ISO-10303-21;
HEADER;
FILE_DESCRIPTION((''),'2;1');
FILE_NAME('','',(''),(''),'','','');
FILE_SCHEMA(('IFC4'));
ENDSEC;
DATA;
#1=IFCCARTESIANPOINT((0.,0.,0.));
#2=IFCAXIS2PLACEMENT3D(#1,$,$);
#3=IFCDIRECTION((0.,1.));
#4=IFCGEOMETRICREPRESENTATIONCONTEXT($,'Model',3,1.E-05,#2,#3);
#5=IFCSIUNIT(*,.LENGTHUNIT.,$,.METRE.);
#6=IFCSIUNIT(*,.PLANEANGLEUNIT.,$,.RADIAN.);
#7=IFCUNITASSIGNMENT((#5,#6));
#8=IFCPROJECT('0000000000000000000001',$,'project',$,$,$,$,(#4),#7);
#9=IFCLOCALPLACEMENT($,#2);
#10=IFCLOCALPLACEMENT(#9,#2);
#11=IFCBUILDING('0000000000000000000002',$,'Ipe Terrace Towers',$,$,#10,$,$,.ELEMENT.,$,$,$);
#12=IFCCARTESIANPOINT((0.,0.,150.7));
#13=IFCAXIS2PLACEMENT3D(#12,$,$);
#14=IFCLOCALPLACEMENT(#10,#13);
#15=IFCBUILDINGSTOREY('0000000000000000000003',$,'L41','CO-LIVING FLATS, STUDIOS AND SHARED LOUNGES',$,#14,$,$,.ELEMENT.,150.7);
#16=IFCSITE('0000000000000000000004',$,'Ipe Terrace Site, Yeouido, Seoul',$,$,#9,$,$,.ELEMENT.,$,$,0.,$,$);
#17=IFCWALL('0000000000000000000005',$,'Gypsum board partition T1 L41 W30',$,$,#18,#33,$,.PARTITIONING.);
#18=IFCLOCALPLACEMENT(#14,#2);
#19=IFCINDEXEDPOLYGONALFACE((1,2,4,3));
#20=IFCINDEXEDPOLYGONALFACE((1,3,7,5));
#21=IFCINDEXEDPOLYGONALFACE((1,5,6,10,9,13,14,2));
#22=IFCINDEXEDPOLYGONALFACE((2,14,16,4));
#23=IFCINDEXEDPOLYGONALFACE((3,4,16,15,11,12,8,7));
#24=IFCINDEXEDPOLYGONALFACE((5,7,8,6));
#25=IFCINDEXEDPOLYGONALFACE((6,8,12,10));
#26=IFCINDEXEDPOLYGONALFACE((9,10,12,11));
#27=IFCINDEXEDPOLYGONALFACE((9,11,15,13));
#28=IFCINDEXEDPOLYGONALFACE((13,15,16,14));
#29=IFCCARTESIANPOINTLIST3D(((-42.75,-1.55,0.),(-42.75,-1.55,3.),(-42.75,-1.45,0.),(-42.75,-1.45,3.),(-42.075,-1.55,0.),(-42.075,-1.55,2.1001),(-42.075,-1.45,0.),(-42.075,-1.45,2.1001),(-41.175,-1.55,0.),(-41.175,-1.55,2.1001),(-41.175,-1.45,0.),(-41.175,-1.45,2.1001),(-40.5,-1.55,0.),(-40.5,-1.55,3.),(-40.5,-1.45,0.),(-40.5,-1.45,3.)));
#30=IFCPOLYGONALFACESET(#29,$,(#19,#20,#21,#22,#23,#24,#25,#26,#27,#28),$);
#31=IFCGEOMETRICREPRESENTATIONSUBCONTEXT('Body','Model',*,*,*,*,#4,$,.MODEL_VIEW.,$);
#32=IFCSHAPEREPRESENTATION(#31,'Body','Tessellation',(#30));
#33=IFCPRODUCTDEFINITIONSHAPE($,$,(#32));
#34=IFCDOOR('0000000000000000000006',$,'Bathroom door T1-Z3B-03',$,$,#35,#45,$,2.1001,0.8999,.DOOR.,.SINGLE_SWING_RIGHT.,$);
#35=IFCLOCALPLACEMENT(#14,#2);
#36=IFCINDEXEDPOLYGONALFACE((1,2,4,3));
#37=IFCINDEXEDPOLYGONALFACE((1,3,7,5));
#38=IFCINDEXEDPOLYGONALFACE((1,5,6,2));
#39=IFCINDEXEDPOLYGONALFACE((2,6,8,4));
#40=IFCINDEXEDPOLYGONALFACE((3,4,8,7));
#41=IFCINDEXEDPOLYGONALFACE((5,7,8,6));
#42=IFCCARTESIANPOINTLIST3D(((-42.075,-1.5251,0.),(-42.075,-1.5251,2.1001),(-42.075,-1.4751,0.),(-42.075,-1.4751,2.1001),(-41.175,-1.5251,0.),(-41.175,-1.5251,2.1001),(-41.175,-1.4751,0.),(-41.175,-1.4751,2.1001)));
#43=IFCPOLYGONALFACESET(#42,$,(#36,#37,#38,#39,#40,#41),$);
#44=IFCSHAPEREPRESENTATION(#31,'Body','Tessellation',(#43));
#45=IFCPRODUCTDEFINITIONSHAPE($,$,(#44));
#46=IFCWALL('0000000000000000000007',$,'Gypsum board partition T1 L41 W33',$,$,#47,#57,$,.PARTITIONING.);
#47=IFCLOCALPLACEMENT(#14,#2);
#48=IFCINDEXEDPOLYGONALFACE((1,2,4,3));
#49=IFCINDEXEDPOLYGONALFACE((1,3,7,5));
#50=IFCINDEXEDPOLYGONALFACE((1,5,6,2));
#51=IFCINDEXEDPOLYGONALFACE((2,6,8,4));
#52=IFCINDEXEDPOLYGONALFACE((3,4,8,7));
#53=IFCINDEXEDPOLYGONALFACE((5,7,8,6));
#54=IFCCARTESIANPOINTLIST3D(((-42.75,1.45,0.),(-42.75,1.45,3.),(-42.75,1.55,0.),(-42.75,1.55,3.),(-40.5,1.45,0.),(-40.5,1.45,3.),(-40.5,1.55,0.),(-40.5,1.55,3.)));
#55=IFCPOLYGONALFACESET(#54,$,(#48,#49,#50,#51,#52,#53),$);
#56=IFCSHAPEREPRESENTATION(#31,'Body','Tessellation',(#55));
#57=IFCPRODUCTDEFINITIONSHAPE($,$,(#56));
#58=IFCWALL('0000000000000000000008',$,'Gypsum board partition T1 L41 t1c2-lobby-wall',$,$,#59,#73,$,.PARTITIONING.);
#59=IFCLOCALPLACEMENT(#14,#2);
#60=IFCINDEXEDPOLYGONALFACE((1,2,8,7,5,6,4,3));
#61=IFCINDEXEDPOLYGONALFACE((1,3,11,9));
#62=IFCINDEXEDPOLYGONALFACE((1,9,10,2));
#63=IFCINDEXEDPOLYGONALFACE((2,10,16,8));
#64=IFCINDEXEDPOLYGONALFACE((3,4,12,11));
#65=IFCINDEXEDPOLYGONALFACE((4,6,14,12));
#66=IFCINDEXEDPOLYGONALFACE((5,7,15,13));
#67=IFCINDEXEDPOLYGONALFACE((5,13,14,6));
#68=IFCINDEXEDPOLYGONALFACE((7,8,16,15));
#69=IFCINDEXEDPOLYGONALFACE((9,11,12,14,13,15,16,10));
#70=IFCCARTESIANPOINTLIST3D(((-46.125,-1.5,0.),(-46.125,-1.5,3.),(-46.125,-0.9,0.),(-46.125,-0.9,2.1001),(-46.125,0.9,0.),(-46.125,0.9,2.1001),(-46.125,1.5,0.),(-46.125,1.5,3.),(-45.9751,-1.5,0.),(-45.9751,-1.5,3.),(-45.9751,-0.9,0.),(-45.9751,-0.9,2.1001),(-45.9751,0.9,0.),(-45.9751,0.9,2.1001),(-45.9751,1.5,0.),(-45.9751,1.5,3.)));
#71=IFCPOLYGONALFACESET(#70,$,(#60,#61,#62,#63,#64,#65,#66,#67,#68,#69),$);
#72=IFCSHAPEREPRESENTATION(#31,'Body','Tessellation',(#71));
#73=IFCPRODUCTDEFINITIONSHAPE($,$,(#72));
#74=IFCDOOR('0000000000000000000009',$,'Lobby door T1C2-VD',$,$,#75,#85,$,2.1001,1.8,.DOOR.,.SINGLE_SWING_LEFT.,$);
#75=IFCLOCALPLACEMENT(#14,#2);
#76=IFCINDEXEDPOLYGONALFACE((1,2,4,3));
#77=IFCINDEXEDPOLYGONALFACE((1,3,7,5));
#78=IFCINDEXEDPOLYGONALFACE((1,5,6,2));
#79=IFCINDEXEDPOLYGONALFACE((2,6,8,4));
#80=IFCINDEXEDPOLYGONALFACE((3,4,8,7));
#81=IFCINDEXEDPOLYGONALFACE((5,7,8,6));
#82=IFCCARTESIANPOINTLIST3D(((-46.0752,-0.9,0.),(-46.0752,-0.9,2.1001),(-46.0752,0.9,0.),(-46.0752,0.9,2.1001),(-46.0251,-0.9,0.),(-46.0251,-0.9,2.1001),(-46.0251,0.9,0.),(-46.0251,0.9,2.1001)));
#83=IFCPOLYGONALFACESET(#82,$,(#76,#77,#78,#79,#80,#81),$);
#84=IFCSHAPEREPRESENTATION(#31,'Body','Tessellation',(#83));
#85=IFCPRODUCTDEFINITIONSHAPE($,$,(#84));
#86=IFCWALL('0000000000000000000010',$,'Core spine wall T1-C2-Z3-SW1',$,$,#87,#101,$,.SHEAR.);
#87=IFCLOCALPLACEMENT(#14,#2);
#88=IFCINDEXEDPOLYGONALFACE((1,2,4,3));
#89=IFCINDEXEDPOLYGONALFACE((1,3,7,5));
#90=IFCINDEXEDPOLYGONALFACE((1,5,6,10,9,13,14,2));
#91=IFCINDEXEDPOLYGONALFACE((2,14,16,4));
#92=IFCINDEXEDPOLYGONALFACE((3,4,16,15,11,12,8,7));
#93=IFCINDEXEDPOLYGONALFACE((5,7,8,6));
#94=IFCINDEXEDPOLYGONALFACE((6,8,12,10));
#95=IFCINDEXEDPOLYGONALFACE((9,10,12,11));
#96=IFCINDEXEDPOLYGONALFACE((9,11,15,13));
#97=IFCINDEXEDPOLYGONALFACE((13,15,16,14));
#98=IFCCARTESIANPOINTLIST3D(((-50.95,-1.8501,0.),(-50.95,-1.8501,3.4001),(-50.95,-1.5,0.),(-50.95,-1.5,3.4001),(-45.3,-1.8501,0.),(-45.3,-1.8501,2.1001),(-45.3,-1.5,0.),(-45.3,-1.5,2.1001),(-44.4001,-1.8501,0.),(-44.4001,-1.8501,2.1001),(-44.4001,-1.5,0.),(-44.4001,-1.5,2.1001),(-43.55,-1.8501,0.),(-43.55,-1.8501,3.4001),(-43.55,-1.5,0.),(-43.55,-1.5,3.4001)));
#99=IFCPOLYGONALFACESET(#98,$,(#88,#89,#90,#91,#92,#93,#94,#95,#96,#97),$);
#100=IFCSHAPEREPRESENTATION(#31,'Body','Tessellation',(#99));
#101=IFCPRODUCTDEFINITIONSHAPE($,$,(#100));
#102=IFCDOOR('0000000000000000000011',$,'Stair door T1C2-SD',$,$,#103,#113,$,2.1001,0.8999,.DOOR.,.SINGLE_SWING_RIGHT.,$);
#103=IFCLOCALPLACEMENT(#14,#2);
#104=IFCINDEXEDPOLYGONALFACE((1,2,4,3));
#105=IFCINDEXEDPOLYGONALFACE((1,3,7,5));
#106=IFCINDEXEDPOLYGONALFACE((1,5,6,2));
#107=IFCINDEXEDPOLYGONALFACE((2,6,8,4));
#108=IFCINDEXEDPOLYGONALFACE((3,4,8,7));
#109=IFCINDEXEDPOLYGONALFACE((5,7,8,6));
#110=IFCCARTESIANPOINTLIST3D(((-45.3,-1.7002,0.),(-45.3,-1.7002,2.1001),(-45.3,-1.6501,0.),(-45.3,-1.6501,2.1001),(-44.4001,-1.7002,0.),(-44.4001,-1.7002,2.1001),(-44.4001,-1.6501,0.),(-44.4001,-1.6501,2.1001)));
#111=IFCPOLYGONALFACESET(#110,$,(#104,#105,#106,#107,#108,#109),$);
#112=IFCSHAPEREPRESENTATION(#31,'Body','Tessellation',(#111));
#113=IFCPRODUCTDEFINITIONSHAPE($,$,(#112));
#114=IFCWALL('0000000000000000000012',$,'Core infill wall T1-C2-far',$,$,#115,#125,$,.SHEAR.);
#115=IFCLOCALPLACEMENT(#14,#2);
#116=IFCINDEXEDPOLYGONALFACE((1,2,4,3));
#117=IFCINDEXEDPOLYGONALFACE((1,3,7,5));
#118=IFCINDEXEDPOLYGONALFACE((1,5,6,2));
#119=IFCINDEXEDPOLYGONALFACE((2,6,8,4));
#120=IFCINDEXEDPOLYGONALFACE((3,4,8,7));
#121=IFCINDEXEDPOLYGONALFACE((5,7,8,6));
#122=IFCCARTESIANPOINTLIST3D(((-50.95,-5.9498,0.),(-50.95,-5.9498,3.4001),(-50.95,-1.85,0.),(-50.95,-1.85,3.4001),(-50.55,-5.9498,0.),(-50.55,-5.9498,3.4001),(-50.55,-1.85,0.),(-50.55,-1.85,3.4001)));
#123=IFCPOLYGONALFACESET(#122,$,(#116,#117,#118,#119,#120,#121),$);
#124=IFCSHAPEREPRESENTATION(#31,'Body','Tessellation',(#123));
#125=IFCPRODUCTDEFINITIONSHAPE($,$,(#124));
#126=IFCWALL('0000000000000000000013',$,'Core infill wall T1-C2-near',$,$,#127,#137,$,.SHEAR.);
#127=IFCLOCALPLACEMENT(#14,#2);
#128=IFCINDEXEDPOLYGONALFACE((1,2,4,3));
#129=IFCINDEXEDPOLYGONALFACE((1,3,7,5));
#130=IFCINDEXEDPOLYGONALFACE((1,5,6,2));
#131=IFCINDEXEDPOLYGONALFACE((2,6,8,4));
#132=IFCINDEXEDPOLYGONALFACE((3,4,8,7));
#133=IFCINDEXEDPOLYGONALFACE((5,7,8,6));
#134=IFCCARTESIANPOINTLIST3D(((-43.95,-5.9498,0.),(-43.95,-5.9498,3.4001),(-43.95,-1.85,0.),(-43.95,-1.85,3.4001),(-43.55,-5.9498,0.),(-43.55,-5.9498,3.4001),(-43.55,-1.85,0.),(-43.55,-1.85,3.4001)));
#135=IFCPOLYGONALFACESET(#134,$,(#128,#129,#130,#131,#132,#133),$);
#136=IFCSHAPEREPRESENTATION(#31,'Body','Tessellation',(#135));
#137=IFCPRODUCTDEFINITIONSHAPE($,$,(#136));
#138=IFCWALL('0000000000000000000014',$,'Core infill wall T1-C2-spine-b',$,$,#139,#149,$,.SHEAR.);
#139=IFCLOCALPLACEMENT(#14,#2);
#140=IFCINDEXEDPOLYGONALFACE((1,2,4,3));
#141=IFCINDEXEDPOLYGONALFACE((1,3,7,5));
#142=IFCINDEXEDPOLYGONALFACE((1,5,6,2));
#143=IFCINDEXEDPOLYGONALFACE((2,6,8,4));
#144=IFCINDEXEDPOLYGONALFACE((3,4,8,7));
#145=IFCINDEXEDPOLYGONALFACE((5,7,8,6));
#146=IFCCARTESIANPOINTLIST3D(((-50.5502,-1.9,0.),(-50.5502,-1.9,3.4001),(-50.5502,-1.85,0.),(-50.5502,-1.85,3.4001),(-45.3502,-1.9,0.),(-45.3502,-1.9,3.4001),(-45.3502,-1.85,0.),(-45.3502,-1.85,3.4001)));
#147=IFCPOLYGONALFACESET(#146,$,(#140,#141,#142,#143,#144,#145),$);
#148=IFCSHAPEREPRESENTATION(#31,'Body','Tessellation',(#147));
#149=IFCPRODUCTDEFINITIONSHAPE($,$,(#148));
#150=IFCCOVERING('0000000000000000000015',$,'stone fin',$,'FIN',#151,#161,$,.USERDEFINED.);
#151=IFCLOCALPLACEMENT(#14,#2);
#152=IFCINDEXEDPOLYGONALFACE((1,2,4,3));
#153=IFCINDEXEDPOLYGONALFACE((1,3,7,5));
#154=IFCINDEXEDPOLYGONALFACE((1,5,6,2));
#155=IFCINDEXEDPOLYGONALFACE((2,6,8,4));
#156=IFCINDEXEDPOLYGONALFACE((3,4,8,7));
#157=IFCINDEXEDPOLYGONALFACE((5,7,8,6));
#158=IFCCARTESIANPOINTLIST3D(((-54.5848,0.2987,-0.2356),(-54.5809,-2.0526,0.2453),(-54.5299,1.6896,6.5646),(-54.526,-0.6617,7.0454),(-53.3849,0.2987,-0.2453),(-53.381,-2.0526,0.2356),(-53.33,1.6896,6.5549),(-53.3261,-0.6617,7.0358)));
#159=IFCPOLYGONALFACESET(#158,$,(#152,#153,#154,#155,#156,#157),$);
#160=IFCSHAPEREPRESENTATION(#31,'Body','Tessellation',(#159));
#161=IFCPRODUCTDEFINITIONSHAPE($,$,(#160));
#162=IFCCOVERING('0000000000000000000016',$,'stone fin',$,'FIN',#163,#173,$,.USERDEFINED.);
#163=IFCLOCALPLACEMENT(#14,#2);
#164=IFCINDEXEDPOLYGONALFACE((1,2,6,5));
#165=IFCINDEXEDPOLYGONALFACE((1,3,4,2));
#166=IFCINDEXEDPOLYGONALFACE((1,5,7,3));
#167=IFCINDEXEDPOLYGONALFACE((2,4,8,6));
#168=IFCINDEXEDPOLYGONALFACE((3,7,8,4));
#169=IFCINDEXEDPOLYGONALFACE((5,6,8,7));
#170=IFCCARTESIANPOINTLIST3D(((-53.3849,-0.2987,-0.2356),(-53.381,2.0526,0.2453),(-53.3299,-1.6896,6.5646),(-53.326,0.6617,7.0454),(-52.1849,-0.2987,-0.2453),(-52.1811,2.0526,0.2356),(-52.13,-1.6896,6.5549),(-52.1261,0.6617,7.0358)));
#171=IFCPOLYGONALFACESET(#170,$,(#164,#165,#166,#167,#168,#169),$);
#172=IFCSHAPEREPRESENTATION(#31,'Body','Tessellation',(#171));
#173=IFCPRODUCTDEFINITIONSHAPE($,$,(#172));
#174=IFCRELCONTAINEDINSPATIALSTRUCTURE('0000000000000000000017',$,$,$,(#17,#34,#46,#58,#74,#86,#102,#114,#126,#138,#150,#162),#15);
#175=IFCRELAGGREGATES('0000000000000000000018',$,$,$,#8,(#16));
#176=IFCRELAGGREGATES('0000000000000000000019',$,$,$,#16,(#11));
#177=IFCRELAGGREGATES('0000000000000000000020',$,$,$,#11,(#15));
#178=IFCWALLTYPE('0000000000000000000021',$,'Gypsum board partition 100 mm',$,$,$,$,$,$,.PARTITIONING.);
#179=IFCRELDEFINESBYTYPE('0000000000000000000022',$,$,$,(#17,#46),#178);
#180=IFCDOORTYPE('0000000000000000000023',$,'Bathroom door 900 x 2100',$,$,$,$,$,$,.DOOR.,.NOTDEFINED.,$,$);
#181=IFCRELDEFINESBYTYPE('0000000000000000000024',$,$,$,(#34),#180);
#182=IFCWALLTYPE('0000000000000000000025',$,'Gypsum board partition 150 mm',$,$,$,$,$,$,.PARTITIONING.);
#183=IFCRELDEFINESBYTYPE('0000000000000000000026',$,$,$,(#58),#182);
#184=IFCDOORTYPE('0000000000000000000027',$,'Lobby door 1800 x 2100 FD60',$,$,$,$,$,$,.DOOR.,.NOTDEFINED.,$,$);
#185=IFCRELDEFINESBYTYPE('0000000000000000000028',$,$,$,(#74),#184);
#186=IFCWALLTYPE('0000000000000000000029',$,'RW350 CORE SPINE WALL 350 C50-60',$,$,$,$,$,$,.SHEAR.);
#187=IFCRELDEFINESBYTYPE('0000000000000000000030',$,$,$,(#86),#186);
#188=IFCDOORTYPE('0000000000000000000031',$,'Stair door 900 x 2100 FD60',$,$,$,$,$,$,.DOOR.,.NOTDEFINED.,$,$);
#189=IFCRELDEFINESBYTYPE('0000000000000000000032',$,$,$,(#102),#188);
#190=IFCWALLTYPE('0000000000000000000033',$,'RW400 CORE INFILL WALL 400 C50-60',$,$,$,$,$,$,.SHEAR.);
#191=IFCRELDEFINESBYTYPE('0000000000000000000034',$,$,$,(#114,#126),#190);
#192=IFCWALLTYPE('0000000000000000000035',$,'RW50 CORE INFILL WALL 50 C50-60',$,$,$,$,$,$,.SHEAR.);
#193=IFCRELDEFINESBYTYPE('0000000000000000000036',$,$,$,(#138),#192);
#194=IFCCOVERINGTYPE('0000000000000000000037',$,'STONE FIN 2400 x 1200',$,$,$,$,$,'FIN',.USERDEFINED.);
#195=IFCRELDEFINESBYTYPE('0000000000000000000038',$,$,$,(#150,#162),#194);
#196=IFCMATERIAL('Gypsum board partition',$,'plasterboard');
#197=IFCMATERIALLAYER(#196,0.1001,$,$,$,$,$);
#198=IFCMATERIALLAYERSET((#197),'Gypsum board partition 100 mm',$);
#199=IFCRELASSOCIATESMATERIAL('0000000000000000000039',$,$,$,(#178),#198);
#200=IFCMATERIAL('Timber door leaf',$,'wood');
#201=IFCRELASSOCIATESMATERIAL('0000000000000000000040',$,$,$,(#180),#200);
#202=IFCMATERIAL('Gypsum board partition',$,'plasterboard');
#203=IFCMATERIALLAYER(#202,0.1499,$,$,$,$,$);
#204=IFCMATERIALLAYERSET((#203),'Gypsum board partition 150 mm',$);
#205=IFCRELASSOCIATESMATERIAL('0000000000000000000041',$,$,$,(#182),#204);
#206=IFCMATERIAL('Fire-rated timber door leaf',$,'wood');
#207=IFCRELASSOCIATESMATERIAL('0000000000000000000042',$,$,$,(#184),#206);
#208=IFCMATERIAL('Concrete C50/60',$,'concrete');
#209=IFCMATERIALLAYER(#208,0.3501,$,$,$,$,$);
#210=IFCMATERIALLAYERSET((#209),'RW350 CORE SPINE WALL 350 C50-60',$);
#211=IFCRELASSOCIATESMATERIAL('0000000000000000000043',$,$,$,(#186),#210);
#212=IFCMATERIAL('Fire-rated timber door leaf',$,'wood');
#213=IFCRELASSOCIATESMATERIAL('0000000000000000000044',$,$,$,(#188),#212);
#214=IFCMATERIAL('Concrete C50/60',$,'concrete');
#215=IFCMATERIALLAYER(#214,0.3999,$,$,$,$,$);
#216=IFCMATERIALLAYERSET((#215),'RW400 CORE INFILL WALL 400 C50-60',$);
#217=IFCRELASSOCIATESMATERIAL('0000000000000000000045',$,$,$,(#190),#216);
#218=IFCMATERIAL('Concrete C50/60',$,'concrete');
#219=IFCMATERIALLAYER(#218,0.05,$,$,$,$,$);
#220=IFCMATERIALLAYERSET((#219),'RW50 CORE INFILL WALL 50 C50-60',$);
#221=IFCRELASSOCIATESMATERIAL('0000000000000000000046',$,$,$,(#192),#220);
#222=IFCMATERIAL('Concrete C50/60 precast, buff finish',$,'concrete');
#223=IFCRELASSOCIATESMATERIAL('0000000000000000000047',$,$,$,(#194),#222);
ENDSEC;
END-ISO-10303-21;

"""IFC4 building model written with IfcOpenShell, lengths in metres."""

from ifc_helpers import new_model, si_unit, direction, frame, frame_2d, origin, origin_2d, place, context, subcontext, project, spatial, rectangle, extrude, material, layer, layer_set, material_profile, profile_set, type_object, element, fill, save


model = new_model("IFC4")

# Units and contexts
model_context = context("Model", 3, precision=1e-05, world=origin(), true_north=direction((0.0, 1.0)))
body_context = subcontext(model_context, "Body", "Model", "MODEL_VIEW")
ifc_project = project(units=[si_unit("LENGTHUNIT", "METRE"), si_unit("PLANEANGLEUNIT", "RADIAN")], contexts=[model_context])

# Site, building, storey
site_placement = place(None, origin())
site = spatial("IfcSite", under=ifc_project, at=site_placement, Name="Ipe Terrace Site, Yeouido, Seoul", CompositionType="ELEMENT", RefElevation=0.0)
building_placement = place(site_placement, origin())
building = spatial("IfcBuilding", under=site, at=building_placement, Name="Ipe Terrace Towers", CompositionType="ELEMENT")
storey_placement = place(building_placement, frame((0.0, 0.0, 150.7)))
storey = spatial("IfcBuildingStorey", under=building, at=storey_placement, Name="L41", Description="CO-LIVING FLATS, STUDIOS AND SHARED LOUNGES", CompositionType="ELEMENT", Elevation=150.7)

# Wall, opening, door
ifc_material_1 = material(Name="Gypsum board partition", Category="plasterboard")
ifc_layer_1 = layer(ifc_material_1, 0.1001)
ifc_layer_set_1 = layer_set([ifc_layer_1], Name="Gypsum board partition 100 mm")
wall_type_1 = type_object("IfcWallType", Name="Gypsum board partition 100 mm", PredefinedType="PARTITIONING", material=ifc_layer_set_1)
wall_1_placement = place(storey_placement, frame((-42.75, -1.5, 0.0), z_axis=(0.0, 0.0, 1.0), x_axis=(1.0, 0.0, 0.0)))
wall_1 = element("IfcWall", 1, at=wall_1_placement, inside=storey, type_object=wall_type_1, Name="Gypsum board partition T1 L41 W30", PredefinedType="PARTITIONING", context=body_context, shape_type="SweptSolid", body=[
    extrude(rectangle(XDim=2.25, YDim=0.1001, at=frame_2d((1.125, 0.0))), origin(), (0.0, 0.0, 1.0), 3.0),
])
opening_1_placement = place(wall_1_placement, frame((0.675, 0.0, 0.0)))
opening_1 = element("IfcOpeningElement", 2, at=opening_1_placement, cuts=wall_1, PredefinedType="OPENING", context=body_context, shape_type="SweptSolid", body=[
    extrude(rectangle(XDim=0.8999, YDim=2.1001, at=frame_2d((0.45, 1.05))), frame((0.0, 0.0601, 0.0), z_axis=(0.0, -1.0, 0.0), x_axis=(1.0, 0.0, 0.0)), (0.0, 0.0, 1.0), 0.1201),
])
ifc_material_2 = material(Name="Timber door leaf", Category="wood")
door_type_1 = type_object("IfcDoorType", Name="Bathroom door 900 x 2100", OperationType="NOTDEFINED", PredefinedType="DOOR", material=ifc_material_2)
door_1_placement = place(opening_1_placement, origin())
door_1 = element("IfcDoor", 3, at=door_1_placement, inside=storey, type_object=door_type_1, Name="Bathroom door T1-Z3B-03", OperationType="SINGLE_SWING_RIGHT", OverallHeight=2.1001, OverallWidth=0.8999, PredefinedType="DOOR", context=body_context, shape_type="SweptSolid", body=[
    extrude(rectangle(XDim=0.8999, YDim=2.1001, at=frame_2d((0.45, 1.05))), frame((0.0, 0.0249, 0.0), z_axis=(0.0, -1.0, 0.0), x_axis=(1.0, 0.0, 0.0)), (0.0, 0.0, 1.0), 0.05),
])
fill(opening_1, door_1)

# Wall
wall_2_placement = place(storey_placement, frame((-42.75, 1.5, 0.0), z_axis=(0.0, 0.0, 1.0), x_axis=(1.0, 0.0, 0.0)))
element("IfcWall", 4, at=wall_2_placement, inside=storey, type_object=wall_type_1, Name="Gypsum board partition T1 L41 W33", PredefinedType="PARTITIONING", context=body_context, shape_type="SweptSolid", body=[
    extrude(rectangle(XDim=2.25, YDim=0.1001, at=frame_2d((1.125, 0.0))), origin(), (0.0, 0.0, 1.0), 3.0),
])

# Walls, openings, doors
ifc_material_3 = material(Name="Gypsum board partition", Category="plasterboard")
ifc_layer_2 = layer(ifc_material_3, 0.1499)
ifc_layer_set_2 = layer_set([ifc_layer_2], Name="Gypsum board partition 150 mm")
wall_type_2 = type_object("IfcWallType", Name="Gypsum board partition 150 mm", PredefinedType="PARTITIONING", material=ifc_layer_set_2)
wall_3_placement = place(storey_placement, frame((-46.05, 1.5, 0.0), z_axis=(0.0, 0.0, 1.0), x_axis=(0.0, -1.0, 0.0)))
wall_3 = element("IfcWall", 5, at=wall_3_placement, inside=storey, type_object=wall_type_2, Name="Gypsum board partition T1 L41 t1c2-lobby-wall", PredefinedType="PARTITIONING", context=body_context, shape_type="SweptSolid", body=[
    extrude(rectangle(XDim=3.0, YDim=0.1499, at=frame_2d((1.5, 0.0))), origin(), (0.0, 0.0, 1.0), 3.0),
])
opening_2_placement = place(wall_3_placement, frame((0.6001, 0.0, 0.0)))
opening_2 = element("IfcOpeningElement", 6, at=opening_2_placement, cuts=wall_3, PredefinedType="OPENING", context=body_context, shape_type="SweptSolid", body=[
    extrude(rectangle(XDim=1.8, YDim=2.1001, at=frame_2d((0.8999, 1.05))), frame((0.0, 0.085, 0.0), z_axis=(0.0, -1.0, 0.0), x_axis=(1.0, 0.0, 0.0)), (0.0, 0.0, 1.0), 0.1699),
])
ifc_material_4 = material(Name="Fire-rated timber door leaf", Category="wood")
door_type_2 = type_object("IfcDoorType", Name="Lobby door 1800 x 2100 FD60", OperationType="NOTDEFINED", PredefinedType="DOOR", material=ifc_material_4)
door_2_placement = place(opening_2_placement, origin())
door_2 = element("IfcDoor", 7, at=door_2_placement, inside=storey, type_object=door_type_2, Name="Lobby door T1C2-VD", OperationType="SINGLE_SWING_LEFT", OverallHeight=2.1001, OverallWidth=1.8, PredefinedType="DOOR", context=body_context, shape_type="SweptSolid", body=[
    extrude(rectangle(XDim=1.8, YDim=2.1001, at=frame_2d((0.8999, 1.05))), frame((0.0, 0.0249, 0.0), z_axis=(0.0, -1.0, 0.0), x_axis=(1.0, 0.0, 0.0)), (0.0, 0.0, 1.0), 0.05),
])
fill(opening_2, door_2)
ifc_material_5 = material(Name="Concrete C50/60", Category="concrete")
ifc_layer_3 = layer(ifc_material_5, 0.3501)
ifc_layer_set_3 = layer_set([ifc_layer_3], Name="RW350 CORE SPINE WALL 350 C50-60")
wall_type_3 = type_object("IfcWallType", Name="RW350 CORE SPINE WALL 350 C50-60", PredefinedType="SHEAR", material=ifc_layer_set_3)
wall_4_placement = place(storey_placement, frame((-50.95, -1.675, 0.0), z_axis=(0.0, 0.0, 1.0), x_axis=(1.0, 0.0, 0.0)))
wall_4 = element("IfcWall", 8, at=wall_4_placement, inside=storey, type_object=wall_type_3, Name="Core spine wall T1-C2-Z3-SW1", PredefinedType="SHEAR", context=body_context, shape_type="SweptSolid", body=[
    extrude(rectangle(XDim=7.3999, YDim=0.3501, at=frame_2d((3.7, 0.0))), origin(), (0.0, 0.0, 1.0), 3.4001),
])
opening_3_placement = place(wall_4_placement, frame((5.6499, 0.0, 0.0)))
opening_3 = element("IfcOpeningElement", 9, at=opening_3_placement, cuts=wall_4, PredefinedType="OPENING", context=body_context, shape_type="SweptSolid", body=[
    extrude(rectangle(XDim=0.8999, YDim=2.1001, at=frame_2d((0.45, 1.05))), frame((0.0, 0.1851, 0.0), z_axis=(0.0, -1.0, 0.0), x_axis=(1.0, 0.0, 0.0)), (0.0, 0.0, 1.0), 0.3701),
])
ifc_material_6 = material(Name="Fire-rated timber door leaf", Category="wood")
door_type_3 = type_object("IfcDoorType", Name="Stair door 900 x 2100 FD60", OperationType="NOTDEFINED", PredefinedType="DOOR", material=ifc_material_6)
door_3_placement = place(opening_3_placement, origin())
door_3 = element("IfcDoor", 10, at=door_3_placement, inside=storey, type_object=door_type_3, Name="Stair door T1C2-SD", OperationType="SINGLE_SWING_RIGHT", OverallHeight=2.1001, OverallWidth=0.8999, PredefinedType="DOOR", context=body_context, shape_type="SweptSolid", body=[
    extrude(rectangle(XDim=0.8999, YDim=2.1001, at=frame_2d((0.45, 1.05))), frame((0.0, 0.0249, 0.0), z_axis=(0.0, -1.0, 0.0), x_axis=(1.0, 0.0, 0.0)), (0.0, 0.0, 1.0), 0.05),
])
fill(opening_3, door_3)

# Walls
ifc_material_7 = material(Name="Concrete C50/60", Category="concrete")
ifc_layer_4 = layer(ifc_material_7, 0.3999)
ifc_layer_set_4 = layer_set([ifc_layer_4], Name="RW400 CORE INFILL WALL 400 C50-60")
wall_type_4 = type_object("IfcWallType", Name="RW400 CORE INFILL WALL 400 C50-60", PredefinedType="SHEAR", material=ifc_layer_set_4)
for number, where, z_axis, x_axis, name in (
    (11, (-50.75, -1.8501, 0.0), (0.0, 0.0, 1.0), (0.0, -1.0, 0.0), "Core infill wall T1-C2-far"),
    (12, (-43.75, -1.8501, 0.0), (0.0, 0.0, 1.0), (0.0, -1.0, 0.0), "Core infill wall T1-C2-near"),
):
    element("IfcWall", number, at=place(storey_placement, frame(where, z_axis=z_axis, x_axis=x_axis)), inside=storey, type_object=wall_type_4, Name=name, PredefinedType="SHEAR", context=body_context, shape_type="SweptSolid", body=[
        extrude(rectangle(XDim=4.0999, YDim=0.3999, at=frame_2d((2.0498, 0.0))), origin(), (0.0, 0.0, 1.0), 3.4001),
    ])
ifc_material_8 = material(Name="Concrete C50/60", Category="concrete")
ifc_layer_5 = layer(ifc_material_8, 0.05)
ifc_layer_set_5 = layer_set([ifc_layer_5], Name="RW50 CORE INFILL WALL 50 C50-60")
wall_type_5 = type_object("IfcWallType", Name="RW50 CORE INFILL WALL 50 C50-60", PredefinedType="SHEAR", material=ifc_layer_set_5)
wall_5_placement = place(storey_placement, frame((-45.3501, -1.875, 0.0), z_axis=(0.0, 0.0, 1.0), x_axis=(-1.0, 0.0, 0.0)))
element("IfcWall", 13, at=wall_5_placement, inside=storey, type_object=wall_type_5, Name="Core infill wall T1-C2-spine-b", PredefinedType="SHEAR", context=body_context, shape_type="SweptSolid", body=[
    extrude(rectangle(XDim=5.2, YDim=0.05, at=frame_2d((2.6001, 0.0))), origin(), (0.0, 0.0, 1.0), 3.4001),
])

# Coverings
ifc_material_9 = material(Name="Concrete C50/60 precast, buff finish", Category="concrete")
ifc_material_profile = material_profile(ifc_material_9, rectangle(XDim=2.3999, YDim=1.2, at=origin_2d()), Name="STONE FIN 2400 x 1200")
ifc_profile_set = profile_set([ifc_material_profile], Name="Concrete C50/60 precast, buff finish")
covering_type_1 = type_object("IfcCoveringType", Name="STONE FIN 2400 x 1200", ElementType="FIN", PredefinedType="USERDEFINED", material=ifc_profile_set)
for number, where, z_axis, x_axis, name in (
    (14, (-53.9829, -0.877, 0.0), (0.007914, 0.200383, 0.979686), (0.001619, -0.979718, 0.200377), "stone fin"),
    (15, (-52.783, 0.877, 0.0), (0.007914, -0.200383, 0.979686), (-0.001619, -0.979718, -0.200377), "stone fin"),
):
    element("IfcCovering", number, at=place(storey_placement, frame(where, z_axis=z_axis, x_axis=x_axis)), inside=storey, type_object=covering_type_1, Name=name, ObjectType="FIN", PredefinedType="USERDEFINED", context=body_context, shape_type="SweptSolid", body=[
        extrude(rectangle(XDim=2.3999, YDim=1.2, at=origin_2d()), origin(), (0.0, 0.0, 1.0), 6.9412),
    ])

save(model, "model.ifc")
